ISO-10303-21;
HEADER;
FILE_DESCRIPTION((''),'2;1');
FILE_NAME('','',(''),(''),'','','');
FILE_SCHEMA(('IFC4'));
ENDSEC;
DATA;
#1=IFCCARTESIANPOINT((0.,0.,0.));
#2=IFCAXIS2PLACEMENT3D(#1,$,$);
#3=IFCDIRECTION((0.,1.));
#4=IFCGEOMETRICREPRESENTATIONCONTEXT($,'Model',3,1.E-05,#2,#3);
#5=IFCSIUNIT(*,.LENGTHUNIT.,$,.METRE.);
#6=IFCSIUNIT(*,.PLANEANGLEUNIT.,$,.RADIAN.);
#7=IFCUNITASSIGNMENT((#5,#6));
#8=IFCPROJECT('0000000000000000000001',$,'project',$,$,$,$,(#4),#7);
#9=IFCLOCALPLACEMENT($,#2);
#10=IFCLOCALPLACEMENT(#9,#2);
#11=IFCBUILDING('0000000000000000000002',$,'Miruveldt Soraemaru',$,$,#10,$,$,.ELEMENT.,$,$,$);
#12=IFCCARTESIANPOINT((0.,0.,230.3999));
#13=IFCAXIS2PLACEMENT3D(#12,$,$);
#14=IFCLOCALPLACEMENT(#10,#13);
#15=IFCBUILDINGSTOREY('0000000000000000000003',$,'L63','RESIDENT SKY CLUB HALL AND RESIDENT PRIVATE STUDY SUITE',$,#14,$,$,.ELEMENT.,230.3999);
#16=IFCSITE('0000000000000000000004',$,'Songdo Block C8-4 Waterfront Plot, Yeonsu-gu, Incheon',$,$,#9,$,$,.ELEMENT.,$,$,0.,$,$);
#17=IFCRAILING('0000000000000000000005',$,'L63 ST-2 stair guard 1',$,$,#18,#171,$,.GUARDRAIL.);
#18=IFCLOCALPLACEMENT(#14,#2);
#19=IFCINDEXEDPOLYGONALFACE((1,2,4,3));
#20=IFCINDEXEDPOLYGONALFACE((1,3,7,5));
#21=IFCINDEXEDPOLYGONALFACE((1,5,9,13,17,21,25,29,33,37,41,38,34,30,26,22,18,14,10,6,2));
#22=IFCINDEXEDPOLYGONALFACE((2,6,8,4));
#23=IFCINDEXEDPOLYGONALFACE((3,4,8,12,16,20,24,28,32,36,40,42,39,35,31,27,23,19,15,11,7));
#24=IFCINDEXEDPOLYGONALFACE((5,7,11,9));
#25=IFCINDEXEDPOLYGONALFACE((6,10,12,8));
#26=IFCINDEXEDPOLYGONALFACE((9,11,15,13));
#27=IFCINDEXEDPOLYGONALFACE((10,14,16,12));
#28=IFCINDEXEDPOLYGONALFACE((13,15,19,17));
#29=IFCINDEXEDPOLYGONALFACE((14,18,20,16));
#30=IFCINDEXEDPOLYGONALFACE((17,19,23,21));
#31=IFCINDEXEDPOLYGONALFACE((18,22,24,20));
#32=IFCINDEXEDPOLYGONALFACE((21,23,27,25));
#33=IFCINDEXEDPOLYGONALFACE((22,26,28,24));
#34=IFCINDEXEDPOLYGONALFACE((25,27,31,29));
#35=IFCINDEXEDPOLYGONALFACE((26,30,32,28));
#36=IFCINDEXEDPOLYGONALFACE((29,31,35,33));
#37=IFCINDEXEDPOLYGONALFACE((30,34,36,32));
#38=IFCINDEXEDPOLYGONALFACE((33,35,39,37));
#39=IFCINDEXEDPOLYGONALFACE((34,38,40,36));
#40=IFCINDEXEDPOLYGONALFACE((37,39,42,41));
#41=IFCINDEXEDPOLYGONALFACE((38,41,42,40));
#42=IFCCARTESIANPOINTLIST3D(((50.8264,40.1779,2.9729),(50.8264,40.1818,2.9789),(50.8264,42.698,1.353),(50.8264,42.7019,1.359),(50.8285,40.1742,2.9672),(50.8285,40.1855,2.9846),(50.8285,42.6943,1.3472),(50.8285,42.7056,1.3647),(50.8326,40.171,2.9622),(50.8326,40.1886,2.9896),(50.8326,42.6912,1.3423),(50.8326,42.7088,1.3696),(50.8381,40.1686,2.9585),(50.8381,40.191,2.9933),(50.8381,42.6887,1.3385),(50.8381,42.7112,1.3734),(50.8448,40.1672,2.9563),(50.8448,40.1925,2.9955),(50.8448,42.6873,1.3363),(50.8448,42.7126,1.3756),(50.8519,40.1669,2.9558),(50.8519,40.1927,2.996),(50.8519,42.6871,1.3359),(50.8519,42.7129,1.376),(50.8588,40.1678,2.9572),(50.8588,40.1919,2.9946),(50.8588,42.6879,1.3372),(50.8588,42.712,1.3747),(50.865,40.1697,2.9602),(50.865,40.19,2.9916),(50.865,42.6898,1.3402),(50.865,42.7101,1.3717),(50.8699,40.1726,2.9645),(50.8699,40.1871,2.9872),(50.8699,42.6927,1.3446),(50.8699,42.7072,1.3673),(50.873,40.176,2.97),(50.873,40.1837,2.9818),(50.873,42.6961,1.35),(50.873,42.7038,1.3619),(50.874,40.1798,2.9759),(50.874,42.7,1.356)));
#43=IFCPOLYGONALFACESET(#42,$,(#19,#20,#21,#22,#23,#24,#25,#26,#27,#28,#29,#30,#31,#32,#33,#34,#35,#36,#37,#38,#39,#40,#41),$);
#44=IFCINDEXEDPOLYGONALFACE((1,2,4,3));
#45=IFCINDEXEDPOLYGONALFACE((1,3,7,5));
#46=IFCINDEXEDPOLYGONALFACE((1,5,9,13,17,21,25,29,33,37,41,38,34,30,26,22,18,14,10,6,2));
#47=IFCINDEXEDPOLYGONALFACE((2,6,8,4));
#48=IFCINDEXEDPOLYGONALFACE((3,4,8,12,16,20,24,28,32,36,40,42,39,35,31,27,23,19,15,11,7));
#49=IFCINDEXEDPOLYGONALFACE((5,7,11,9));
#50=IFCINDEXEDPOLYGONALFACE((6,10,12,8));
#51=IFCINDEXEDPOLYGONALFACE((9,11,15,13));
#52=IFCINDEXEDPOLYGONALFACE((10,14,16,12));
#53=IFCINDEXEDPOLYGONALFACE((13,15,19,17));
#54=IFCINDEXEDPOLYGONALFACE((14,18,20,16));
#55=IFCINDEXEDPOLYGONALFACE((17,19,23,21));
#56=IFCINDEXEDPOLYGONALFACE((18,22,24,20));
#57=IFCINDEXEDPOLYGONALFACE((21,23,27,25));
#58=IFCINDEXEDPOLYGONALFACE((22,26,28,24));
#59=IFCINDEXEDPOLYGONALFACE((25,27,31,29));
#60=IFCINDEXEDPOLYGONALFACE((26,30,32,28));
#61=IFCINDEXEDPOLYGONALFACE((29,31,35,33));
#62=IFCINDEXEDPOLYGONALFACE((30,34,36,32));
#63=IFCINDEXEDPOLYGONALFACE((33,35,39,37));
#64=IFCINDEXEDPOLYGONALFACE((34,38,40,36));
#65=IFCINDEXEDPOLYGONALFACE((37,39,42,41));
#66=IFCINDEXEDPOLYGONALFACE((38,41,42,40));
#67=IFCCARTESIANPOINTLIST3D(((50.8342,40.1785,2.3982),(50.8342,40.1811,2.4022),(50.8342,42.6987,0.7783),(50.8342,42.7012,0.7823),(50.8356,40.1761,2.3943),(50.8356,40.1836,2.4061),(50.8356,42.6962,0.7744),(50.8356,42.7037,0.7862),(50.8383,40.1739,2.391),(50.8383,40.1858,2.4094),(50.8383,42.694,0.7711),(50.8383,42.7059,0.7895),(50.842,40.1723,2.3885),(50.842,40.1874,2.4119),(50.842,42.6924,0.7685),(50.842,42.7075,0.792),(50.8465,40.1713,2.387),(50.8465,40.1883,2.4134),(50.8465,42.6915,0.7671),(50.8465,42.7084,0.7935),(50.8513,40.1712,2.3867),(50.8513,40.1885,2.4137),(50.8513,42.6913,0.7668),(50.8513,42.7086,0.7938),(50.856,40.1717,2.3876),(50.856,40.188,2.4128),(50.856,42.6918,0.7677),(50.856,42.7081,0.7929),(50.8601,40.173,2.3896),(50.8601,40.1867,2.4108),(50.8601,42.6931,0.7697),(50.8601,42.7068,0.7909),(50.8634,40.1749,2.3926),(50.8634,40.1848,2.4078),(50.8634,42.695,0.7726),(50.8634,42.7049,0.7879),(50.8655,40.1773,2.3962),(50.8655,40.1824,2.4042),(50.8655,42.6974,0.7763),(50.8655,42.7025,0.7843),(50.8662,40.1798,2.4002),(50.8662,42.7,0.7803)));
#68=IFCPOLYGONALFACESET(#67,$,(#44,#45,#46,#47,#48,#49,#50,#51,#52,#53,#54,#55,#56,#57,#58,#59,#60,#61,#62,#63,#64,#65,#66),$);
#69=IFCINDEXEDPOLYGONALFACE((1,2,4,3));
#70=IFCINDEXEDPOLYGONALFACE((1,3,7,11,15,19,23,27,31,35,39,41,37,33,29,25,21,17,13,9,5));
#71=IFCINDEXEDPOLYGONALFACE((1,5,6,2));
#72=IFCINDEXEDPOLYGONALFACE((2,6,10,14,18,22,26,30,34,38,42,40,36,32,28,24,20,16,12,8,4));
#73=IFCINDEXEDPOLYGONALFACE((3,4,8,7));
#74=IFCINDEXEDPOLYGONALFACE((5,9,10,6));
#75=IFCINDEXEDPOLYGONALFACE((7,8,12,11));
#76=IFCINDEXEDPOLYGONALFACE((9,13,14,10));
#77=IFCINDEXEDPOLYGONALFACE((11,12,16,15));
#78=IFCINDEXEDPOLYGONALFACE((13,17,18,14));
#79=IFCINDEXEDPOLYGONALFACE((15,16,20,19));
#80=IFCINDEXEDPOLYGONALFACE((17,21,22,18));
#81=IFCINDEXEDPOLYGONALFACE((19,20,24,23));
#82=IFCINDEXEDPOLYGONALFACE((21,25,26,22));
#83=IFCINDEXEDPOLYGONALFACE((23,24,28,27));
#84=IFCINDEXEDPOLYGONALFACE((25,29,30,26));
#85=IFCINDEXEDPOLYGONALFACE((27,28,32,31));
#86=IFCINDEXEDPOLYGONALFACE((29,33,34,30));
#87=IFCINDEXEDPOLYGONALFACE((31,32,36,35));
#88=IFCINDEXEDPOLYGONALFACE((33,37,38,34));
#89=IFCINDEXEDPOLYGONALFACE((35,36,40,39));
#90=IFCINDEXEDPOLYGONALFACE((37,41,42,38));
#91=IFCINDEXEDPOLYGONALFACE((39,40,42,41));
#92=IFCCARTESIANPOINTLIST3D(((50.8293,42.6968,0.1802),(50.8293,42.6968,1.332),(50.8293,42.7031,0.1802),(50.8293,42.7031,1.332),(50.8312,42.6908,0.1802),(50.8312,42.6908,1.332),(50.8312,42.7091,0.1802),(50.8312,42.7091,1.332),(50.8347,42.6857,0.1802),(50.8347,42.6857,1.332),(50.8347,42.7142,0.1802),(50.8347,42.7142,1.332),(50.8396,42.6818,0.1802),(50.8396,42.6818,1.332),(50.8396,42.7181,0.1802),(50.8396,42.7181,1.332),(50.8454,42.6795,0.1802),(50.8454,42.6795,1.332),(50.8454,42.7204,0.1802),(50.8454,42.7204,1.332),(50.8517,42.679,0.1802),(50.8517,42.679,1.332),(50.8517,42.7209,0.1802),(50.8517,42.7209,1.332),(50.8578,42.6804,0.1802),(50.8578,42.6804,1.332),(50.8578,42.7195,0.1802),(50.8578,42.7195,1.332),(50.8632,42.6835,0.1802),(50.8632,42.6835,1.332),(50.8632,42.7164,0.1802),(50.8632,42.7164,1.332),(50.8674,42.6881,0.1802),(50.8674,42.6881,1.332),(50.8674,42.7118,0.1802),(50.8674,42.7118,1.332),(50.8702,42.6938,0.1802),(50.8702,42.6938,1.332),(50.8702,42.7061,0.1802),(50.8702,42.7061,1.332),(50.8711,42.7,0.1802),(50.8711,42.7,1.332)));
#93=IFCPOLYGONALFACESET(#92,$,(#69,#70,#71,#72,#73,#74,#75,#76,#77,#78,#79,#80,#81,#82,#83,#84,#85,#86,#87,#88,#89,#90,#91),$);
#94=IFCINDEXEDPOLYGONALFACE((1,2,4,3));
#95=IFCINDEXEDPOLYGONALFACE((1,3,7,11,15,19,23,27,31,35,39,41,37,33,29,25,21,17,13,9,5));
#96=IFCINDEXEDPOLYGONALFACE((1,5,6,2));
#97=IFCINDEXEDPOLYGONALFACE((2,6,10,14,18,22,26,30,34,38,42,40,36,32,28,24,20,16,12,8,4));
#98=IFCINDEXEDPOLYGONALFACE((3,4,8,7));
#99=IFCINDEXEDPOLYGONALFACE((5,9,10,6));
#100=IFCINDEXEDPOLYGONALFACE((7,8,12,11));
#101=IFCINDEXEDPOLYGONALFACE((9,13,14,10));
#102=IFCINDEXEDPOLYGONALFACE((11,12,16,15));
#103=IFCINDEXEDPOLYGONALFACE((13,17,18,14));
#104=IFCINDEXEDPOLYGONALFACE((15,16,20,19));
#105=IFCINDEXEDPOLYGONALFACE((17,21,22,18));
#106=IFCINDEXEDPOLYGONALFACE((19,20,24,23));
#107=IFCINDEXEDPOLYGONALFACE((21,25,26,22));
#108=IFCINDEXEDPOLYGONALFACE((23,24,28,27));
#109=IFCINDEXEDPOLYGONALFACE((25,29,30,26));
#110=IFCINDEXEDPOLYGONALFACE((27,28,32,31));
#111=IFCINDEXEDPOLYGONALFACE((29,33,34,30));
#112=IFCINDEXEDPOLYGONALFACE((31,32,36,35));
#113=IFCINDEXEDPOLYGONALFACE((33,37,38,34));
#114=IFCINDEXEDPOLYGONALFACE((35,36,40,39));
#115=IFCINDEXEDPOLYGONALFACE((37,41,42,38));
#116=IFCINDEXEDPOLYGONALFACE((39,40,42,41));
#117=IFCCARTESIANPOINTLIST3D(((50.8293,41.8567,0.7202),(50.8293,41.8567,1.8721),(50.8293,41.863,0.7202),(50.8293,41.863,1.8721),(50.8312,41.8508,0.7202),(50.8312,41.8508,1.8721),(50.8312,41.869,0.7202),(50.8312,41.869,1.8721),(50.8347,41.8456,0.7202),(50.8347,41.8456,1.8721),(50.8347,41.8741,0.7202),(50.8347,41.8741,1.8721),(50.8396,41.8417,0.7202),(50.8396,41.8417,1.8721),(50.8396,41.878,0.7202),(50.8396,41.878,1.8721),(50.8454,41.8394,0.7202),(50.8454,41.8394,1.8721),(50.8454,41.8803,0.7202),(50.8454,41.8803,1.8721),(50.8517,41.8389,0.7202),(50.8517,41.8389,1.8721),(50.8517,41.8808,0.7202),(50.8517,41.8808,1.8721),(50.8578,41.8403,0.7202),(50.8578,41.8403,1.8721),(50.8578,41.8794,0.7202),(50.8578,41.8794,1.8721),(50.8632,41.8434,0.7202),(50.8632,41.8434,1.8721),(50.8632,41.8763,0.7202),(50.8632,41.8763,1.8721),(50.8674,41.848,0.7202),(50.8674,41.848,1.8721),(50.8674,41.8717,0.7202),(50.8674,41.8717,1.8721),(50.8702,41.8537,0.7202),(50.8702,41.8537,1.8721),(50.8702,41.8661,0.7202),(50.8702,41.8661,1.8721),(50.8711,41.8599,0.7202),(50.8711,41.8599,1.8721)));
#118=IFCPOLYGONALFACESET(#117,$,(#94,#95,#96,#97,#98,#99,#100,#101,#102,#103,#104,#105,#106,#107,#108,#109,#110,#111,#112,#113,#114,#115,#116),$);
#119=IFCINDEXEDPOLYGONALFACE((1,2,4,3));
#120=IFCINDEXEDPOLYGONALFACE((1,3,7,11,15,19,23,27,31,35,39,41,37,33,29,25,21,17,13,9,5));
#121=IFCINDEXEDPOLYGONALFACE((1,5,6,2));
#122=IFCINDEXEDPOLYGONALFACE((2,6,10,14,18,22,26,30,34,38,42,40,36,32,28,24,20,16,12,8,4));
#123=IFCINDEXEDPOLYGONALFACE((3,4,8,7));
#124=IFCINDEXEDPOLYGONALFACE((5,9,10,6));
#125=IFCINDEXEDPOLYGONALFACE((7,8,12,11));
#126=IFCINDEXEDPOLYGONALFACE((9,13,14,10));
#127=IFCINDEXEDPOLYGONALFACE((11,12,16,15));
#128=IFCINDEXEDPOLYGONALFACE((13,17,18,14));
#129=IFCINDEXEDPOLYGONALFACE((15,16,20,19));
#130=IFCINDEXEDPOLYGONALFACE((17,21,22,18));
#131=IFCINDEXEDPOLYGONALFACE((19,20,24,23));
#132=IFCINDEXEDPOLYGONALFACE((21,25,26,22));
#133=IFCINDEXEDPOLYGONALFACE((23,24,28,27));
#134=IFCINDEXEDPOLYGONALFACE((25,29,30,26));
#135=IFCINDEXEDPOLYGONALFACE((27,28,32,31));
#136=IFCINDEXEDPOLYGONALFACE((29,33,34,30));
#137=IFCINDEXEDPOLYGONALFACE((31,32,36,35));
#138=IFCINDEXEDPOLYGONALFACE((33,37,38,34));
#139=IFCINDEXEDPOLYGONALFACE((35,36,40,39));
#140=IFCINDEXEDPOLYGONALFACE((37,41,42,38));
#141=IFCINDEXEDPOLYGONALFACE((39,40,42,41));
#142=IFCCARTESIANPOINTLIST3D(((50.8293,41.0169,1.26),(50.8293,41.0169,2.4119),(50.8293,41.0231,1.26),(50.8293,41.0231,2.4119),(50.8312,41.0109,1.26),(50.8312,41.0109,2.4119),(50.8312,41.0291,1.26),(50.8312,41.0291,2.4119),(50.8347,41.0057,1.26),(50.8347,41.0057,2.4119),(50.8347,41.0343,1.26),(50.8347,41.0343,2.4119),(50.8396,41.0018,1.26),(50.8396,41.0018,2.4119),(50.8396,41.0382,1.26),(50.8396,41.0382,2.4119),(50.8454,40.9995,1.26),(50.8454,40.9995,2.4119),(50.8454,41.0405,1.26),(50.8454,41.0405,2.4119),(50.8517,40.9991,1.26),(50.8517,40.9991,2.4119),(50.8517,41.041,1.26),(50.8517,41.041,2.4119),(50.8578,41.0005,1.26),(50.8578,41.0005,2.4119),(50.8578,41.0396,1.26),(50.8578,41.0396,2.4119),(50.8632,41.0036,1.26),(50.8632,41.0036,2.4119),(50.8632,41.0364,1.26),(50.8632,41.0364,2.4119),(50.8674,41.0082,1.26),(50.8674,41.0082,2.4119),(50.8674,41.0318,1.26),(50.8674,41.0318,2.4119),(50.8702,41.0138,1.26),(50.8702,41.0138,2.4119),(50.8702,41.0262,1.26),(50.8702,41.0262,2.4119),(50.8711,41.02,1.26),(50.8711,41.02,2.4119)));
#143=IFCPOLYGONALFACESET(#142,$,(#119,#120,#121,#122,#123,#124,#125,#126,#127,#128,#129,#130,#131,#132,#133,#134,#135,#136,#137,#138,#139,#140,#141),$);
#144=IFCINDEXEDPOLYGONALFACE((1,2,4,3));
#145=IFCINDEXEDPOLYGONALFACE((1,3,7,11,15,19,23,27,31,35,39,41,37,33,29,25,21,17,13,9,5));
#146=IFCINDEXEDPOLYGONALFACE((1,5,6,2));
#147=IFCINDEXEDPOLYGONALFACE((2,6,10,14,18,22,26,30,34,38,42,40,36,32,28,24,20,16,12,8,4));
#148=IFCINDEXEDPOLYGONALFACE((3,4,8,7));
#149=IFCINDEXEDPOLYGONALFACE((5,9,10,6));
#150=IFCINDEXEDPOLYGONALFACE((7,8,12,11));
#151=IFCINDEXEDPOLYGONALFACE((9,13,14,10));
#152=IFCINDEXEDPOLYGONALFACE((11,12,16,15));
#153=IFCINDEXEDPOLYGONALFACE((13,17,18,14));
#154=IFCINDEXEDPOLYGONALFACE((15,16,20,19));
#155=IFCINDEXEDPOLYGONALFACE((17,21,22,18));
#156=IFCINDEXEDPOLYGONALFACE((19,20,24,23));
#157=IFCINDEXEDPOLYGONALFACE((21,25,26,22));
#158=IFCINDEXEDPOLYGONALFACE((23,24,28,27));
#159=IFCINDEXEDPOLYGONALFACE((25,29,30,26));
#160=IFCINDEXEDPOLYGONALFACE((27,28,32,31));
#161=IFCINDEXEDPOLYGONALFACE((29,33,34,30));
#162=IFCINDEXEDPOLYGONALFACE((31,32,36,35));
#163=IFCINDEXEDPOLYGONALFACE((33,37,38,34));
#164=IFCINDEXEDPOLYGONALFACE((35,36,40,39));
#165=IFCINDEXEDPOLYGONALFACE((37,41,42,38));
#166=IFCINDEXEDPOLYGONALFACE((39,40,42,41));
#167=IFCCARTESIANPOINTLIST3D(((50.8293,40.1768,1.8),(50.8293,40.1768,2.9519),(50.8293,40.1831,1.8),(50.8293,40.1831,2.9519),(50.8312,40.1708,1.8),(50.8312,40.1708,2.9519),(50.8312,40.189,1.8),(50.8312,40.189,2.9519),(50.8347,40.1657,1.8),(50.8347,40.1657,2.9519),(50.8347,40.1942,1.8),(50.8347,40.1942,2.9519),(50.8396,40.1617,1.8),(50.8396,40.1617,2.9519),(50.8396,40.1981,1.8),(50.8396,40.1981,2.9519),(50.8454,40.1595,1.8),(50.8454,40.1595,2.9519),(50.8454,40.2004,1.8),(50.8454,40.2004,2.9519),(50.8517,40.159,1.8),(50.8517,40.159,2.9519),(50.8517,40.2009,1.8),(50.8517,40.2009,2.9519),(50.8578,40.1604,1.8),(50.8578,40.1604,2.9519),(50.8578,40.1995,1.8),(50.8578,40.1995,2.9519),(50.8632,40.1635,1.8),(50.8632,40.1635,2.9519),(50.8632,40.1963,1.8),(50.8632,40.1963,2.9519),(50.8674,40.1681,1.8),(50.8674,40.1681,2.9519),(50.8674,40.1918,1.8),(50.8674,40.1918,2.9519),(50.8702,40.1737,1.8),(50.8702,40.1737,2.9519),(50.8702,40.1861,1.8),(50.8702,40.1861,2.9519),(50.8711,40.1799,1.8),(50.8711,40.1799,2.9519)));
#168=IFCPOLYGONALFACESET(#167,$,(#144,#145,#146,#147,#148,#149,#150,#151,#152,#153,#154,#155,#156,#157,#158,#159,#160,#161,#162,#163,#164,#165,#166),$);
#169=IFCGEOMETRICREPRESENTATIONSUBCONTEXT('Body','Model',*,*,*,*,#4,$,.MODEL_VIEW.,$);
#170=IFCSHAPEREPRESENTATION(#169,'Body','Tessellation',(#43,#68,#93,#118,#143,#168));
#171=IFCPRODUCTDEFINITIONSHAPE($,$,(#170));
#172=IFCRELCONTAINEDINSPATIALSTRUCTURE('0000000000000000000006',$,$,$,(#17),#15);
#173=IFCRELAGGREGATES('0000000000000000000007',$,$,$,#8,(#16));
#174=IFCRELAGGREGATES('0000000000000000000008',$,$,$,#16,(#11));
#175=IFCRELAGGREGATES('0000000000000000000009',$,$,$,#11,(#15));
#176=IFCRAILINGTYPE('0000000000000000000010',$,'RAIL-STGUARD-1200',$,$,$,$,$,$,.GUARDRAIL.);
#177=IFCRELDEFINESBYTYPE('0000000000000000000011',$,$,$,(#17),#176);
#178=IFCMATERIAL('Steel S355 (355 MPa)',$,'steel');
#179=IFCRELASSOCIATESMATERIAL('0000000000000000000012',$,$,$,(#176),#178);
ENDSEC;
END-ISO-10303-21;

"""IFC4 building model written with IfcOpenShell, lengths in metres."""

from ifc_helpers import new_model, si_unit, direction, frame, origin, origin_2d, place, context, subcontext, project, spatial, circle, extrude, material, type_object, element, save


model = new_model("IFC4")

# Units and contexts
model_context = context("Model", 3, precision=1e-05, world=origin(), true_north=direction((0.0, 1.0)))
body_context = subcontext(model_context, "Body", "Model", "MODEL_VIEW")
ifc_project = project(units=[si_unit("LENGTHUNIT", "METRE"), si_unit("PLANEANGLEUNIT", "RADIAN")], contexts=[model_context])

# Site, building, storey
site_placement = place(None, origin())
site = spatial("IfcSite", under=ifc_project, at=site_placement, Name="Songdo Block C8-4 Waterfront Plot, Yeonsu-gu, Incheon", CompositionType="ELEMENT", RefElevation=0.0)
building_placement = place(site_placement, origin())
building = spatial("IfcBuilding", under=site, at=building_placement, Name="Miruveldt Soraemaru", CompositionType="ELEMENT")
storey_placement = place(building_placement, frame((0.0, 0.0, 230.3999)))
storey = spatial("IfcBuildingStorey", under=building, at=storey_placement, Name="L63", Description="RESIDENT SKY CLUB HALL AND RESIDENT PRIVATE STUDY SUITE", CompositionType="ELEMENT", Elevation=230.3999)

# Railing
ifc_material_1 = material(Name="Steel S355 (355 MPa)", Category="steel")
railing_type_1 = type_object("IfcRailingType", Name="RAIL-STGUARD-1200", PredefinedType="GUARDRAIL", material=ifc_material_1)
railing_1_placement = place(storey_placement, frame((50.8501, 42.7, 0.1802)))
element("IfcRailing", 1, at=railing_1_placement, inside=storey, type_object=railing_type_1, Name="L63 ST-2 stair guard 1", PredefinedType="GUARDRAIL", context=body_context, shape_type="SweptSolid", body=[
    extrude(circle(Radius=0.0239, at=origin_2d()), frame((0.0, 0.0, 1.1758), z_axis=(0.0, -0.8412, 0.540725), x_axis=(1.0, 0.0, 0.0)), (0.0, 0.0, 1.0), 2.9958),
    extrude(circle(Radius=0.0161, at=origin_2d()), frame((0.0, 0.0, 0.6001), z_axis=(0.0, -0.8412, 0.540725), x_axis=(1.0, 0.0, 0.0)), (0.0, 0.0, 1.0), 2.9958),
    extrude(circle(Radius=0.021, at=origin_2d()), origin(), (0.0, 0.0, 1.0), 1.1519),
    extrude(circle(Radius=0.021, at=origin_2d()), frame((0.0, -0.8401, 0.54)), (0.0, 0.0, 1.0), 1.1519),
    extrude(circle(Radius=0.021, at=origin_2d()), frame((0.0, -1.6799, 1.0798)), (0.0, 0.0, 1.0), 1.1519),
    extrude(circle(Radius=0.021, at=origin_2d()), frame((0.0, -2.52, 1.6199)), (0.0, 0.0, 1.0), 1.1519),
])

save(model, "model.ifc")
